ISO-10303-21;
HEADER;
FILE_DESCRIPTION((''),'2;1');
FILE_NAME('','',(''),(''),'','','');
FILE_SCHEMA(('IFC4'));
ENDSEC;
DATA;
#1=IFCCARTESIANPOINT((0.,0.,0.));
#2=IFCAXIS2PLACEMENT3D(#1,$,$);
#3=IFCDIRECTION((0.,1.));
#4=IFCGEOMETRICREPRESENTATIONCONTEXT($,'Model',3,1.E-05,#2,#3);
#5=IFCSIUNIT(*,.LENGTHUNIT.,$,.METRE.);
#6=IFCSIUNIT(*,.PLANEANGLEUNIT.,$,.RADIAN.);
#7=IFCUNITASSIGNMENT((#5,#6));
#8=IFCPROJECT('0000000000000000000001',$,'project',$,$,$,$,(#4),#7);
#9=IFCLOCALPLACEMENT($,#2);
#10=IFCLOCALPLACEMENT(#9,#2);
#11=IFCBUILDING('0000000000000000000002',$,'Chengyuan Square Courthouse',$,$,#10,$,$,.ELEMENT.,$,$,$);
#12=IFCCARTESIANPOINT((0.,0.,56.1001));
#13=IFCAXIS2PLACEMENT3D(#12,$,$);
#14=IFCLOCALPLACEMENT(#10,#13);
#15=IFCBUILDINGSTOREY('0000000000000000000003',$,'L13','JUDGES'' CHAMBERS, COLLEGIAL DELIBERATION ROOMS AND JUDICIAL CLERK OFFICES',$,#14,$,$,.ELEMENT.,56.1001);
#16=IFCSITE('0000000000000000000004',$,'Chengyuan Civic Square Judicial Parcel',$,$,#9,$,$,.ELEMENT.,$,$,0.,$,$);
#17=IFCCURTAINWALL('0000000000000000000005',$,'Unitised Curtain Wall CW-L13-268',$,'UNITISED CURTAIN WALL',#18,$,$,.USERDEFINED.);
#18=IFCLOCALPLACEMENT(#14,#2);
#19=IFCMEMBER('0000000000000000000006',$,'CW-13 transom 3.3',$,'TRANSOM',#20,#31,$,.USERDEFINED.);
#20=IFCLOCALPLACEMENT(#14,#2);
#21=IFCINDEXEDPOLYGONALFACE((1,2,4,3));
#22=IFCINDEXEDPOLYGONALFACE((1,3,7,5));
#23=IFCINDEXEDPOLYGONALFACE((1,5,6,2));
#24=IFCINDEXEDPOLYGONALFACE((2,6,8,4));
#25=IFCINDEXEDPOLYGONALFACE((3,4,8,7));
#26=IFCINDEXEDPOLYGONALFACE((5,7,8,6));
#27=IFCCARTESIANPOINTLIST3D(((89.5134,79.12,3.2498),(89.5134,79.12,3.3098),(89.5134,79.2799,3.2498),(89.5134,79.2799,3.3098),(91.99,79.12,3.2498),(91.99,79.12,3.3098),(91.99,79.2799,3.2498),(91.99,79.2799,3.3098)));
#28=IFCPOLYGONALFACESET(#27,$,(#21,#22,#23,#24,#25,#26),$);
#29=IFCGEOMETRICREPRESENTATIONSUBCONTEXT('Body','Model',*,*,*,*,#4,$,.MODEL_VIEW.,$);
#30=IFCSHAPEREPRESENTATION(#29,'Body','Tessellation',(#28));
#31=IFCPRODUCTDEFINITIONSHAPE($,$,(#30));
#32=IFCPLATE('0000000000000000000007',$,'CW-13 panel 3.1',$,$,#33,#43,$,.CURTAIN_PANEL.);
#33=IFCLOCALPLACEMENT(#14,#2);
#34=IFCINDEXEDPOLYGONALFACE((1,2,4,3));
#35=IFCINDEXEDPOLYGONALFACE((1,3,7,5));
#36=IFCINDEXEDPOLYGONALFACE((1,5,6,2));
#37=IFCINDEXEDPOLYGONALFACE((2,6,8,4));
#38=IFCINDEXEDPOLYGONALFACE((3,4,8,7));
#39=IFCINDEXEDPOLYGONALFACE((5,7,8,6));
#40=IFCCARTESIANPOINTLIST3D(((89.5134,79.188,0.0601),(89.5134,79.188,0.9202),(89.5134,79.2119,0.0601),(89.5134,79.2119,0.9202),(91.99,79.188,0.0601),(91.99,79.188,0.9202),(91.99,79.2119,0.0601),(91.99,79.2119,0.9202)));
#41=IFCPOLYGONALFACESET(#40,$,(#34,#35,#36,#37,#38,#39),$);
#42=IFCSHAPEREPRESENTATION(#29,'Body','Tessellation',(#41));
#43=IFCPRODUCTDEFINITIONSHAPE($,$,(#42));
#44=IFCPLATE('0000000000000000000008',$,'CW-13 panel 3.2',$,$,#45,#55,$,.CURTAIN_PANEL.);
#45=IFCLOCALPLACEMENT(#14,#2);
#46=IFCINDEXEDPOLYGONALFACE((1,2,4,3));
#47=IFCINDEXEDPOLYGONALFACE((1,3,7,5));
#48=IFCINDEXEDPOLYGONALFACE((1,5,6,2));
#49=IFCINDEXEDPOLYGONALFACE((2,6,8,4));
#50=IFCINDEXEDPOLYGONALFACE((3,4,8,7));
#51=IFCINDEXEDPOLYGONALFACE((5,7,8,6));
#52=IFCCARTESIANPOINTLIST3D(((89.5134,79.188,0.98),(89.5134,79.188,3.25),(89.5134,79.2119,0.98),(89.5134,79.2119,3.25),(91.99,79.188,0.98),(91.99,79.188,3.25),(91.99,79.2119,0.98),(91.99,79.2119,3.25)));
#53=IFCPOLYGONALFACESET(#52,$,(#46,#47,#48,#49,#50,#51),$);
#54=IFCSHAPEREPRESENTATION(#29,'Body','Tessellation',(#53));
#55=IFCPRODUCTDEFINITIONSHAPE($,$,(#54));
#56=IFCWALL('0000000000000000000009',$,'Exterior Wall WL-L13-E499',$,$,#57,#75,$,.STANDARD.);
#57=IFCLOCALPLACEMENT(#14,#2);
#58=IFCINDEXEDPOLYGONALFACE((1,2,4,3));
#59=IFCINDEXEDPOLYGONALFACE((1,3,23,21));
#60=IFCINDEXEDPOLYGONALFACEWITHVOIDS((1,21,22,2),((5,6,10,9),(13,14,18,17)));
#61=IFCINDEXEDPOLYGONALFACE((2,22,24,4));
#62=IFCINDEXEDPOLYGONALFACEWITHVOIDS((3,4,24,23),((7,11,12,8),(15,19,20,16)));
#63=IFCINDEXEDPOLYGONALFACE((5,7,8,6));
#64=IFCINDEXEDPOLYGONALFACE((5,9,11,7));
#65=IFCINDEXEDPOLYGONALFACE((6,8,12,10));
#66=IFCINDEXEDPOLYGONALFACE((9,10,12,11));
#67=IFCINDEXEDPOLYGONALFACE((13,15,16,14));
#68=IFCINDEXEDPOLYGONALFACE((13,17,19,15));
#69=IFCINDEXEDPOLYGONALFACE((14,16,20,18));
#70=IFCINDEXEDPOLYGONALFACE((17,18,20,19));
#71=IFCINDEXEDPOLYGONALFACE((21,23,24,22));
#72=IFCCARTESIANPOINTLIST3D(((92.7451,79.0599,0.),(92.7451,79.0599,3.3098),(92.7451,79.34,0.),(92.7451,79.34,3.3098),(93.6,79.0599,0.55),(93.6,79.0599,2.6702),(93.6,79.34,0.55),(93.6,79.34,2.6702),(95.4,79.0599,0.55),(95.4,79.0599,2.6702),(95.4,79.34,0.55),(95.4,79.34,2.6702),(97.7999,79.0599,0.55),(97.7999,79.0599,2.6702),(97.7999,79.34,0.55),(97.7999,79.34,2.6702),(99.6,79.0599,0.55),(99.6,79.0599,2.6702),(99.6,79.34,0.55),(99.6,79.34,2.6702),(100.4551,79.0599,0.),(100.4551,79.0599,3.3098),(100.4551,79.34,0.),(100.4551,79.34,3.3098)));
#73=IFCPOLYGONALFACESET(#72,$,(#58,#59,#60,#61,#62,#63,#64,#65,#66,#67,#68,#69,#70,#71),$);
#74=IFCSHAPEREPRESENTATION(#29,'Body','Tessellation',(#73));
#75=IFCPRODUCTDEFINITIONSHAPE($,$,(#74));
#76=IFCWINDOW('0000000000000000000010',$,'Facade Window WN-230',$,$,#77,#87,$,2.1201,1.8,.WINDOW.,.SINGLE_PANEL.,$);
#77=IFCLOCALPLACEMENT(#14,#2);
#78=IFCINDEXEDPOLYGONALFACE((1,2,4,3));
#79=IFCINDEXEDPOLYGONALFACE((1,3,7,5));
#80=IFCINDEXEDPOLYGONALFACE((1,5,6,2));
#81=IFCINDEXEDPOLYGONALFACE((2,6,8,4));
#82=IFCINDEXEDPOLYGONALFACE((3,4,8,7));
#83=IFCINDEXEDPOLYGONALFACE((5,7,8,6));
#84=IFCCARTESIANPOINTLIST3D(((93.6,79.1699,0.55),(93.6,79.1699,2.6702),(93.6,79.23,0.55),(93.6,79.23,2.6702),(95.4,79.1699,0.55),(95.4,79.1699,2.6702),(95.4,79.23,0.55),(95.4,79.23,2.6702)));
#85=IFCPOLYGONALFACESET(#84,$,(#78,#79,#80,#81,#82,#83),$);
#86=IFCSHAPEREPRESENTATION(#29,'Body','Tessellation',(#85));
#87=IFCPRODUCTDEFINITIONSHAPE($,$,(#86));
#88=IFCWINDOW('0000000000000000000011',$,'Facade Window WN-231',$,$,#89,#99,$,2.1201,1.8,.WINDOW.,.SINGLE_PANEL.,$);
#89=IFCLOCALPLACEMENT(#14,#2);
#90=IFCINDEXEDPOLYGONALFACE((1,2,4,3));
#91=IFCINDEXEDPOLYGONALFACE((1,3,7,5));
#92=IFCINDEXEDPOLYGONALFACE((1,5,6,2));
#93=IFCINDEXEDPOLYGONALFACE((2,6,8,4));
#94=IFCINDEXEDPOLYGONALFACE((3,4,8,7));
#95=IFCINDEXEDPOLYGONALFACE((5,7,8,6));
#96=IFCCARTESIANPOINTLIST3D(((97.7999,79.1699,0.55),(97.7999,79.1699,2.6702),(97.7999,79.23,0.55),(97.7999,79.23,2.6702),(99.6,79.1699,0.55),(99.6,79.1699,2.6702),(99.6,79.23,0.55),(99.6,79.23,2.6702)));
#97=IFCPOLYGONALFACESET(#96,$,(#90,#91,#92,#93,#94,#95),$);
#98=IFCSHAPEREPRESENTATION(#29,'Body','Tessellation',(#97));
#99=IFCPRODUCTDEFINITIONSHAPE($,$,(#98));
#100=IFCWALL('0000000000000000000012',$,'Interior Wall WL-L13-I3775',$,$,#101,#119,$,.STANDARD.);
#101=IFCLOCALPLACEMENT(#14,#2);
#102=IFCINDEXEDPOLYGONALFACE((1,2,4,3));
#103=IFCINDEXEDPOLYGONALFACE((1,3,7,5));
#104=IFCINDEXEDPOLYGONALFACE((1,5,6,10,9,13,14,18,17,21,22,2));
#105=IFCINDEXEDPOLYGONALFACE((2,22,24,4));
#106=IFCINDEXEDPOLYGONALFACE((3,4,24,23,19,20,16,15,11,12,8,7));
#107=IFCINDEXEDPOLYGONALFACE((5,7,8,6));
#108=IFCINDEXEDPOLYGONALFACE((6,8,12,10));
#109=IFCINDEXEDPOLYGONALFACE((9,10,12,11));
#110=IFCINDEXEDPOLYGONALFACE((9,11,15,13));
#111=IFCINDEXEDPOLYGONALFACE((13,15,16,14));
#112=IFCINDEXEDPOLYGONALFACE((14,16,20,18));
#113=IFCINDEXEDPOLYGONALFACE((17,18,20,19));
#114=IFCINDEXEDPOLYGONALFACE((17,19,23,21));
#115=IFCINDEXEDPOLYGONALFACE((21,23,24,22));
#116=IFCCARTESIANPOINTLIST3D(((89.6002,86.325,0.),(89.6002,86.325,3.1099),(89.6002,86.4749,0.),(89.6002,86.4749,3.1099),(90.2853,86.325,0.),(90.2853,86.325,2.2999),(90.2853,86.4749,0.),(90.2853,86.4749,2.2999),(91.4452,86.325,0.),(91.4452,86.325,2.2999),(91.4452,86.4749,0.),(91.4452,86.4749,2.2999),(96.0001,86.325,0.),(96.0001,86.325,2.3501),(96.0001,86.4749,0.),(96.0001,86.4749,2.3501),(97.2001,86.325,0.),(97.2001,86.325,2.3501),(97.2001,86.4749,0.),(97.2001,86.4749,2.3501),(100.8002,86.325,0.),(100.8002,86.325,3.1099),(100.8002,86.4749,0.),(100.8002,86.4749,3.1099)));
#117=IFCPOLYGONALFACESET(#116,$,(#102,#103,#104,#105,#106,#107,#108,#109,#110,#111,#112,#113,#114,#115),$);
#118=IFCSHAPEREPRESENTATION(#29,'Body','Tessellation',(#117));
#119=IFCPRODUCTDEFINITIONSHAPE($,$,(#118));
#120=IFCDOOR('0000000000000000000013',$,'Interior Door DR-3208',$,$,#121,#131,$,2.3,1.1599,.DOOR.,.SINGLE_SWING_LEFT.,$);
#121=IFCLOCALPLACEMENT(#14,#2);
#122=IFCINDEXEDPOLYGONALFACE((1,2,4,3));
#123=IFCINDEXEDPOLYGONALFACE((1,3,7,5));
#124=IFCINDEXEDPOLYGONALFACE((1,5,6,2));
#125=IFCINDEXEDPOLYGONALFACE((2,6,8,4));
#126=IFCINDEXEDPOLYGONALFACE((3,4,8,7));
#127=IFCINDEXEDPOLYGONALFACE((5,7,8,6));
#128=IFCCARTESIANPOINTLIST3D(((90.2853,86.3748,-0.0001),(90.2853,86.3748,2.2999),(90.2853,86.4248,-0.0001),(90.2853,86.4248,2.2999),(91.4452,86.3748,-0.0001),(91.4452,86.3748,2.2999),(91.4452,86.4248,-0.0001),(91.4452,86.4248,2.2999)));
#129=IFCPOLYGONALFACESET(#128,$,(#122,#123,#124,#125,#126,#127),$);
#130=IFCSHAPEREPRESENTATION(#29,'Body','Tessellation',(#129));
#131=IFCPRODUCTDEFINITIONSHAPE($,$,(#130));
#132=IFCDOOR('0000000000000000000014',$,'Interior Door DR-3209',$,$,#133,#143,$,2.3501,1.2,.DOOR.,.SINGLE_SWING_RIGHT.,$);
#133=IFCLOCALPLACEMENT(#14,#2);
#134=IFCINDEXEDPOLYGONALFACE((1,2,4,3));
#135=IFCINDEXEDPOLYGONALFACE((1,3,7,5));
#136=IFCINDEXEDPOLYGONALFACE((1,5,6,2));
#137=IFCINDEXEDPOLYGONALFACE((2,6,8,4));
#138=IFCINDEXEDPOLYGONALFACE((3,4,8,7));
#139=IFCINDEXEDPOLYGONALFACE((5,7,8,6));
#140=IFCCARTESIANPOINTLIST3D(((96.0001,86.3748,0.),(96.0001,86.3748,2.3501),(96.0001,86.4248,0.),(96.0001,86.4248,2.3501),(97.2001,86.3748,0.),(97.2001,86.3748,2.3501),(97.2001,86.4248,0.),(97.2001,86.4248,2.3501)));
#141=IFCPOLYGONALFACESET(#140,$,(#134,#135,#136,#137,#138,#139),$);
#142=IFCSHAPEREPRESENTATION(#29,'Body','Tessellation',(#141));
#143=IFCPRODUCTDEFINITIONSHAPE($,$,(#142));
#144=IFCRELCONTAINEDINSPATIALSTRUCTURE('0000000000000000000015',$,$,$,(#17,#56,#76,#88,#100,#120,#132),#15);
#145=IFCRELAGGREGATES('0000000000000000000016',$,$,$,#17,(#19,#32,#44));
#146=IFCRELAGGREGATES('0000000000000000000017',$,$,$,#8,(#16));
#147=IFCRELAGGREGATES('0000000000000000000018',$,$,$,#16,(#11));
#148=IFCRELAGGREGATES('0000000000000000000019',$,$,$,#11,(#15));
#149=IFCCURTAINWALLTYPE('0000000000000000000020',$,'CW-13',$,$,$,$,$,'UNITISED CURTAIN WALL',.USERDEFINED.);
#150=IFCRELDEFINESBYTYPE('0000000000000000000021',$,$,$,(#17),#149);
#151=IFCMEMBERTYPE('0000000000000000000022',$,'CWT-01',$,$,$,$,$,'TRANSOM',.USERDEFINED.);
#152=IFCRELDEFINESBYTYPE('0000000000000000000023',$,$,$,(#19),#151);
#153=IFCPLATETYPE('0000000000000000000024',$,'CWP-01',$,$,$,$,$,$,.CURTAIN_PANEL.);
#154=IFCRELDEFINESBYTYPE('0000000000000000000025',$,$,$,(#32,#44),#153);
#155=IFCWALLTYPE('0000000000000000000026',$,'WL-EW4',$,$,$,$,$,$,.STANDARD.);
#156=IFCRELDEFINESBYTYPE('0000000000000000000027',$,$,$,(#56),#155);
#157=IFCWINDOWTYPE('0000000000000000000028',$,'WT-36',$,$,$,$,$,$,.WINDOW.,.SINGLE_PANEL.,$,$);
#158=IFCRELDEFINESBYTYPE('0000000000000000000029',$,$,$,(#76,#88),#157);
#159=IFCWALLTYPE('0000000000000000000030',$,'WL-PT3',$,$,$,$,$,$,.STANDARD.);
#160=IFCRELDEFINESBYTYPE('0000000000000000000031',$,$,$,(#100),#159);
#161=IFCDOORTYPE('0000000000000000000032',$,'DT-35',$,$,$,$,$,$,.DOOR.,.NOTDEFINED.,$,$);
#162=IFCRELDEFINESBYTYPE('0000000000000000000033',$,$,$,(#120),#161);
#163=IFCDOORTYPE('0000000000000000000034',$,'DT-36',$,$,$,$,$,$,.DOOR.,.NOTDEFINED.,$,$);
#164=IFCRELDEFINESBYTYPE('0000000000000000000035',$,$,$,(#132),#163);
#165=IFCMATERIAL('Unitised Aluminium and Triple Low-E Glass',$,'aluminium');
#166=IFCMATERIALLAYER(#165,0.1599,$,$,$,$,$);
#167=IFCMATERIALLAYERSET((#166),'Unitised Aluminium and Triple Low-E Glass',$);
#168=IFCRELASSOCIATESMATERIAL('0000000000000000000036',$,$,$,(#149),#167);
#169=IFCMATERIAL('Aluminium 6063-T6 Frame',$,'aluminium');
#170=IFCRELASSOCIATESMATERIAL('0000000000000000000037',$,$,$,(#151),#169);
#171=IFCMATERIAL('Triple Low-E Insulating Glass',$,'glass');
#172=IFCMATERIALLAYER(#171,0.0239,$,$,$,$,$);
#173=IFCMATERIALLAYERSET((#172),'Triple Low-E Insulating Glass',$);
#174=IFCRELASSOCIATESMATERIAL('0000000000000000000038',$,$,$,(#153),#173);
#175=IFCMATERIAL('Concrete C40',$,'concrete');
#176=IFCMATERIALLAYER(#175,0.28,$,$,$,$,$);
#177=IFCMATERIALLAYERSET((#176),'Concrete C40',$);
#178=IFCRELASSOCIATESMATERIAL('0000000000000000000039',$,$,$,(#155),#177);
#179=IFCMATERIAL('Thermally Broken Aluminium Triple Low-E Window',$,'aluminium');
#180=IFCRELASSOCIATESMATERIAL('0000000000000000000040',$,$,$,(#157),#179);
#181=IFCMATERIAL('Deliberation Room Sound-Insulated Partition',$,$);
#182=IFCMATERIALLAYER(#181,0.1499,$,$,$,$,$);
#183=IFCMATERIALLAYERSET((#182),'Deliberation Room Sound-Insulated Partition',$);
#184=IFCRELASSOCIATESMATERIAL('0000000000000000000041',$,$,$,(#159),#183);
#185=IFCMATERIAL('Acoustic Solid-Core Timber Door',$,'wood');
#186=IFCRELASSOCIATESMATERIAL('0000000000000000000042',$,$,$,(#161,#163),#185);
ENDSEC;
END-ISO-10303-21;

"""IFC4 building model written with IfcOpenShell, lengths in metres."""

from ifc_helpers import new_model, si_unit, direction, frame, frame_2d, origin, origin_2d, place, context, subcontext, project, spatial, rectangle, extrude, material, layer, layer_set, material_profile, profile_set, type_object, element, fill, aggregate, save


model = new_model("IFC4")

# Units and contexts
model_context = context("Model", 3, precision=1e-05, world=origin(), true_north=direction((0.0, 1.0)))
body_context = subcontext(model_context, "Body", "Model", "MODEL_VIEW")
ifc_project = project(units=[si_unit("LENGTHUNIT", "METRE"), si_unit("PLANEANGLEUNIT", "RADIAN")], contexts=[model_context])

# Site, building, storey
site_placement = place(None, origin())
site = spatial("IfcSite", under=ifc_project, at=site_placement, Name="Chengyuan Civic Square Judicial Parcel", CompositionType="ELEMENT", RefElevation=0.0)
building_placement = place(site_placement, origin())
building = spatial("IfcBuilding", under=site, at=building_placement, Name="Chengyuan Square Courthouse", CompositionType="ELEMENT")
storey_placement = place(building_placement, frame((0.0, 0.0, 56.1001)))
storey = spatial("IfcBuildingStorey", under=building, at=storey_placement, Name="L13", Description="JUDGES' CHAMBERS, COLLEGIAL DELIBERATION ROOMS AND JUDICIAL CLERK OFFICES", CompositionType="ELEMENT", Elevation=56.1001)

# Shared definitions
ifc_material_1 = material(Name="Concrete C40", Category="concrete")

# Curtain wall, member, plates
ifc_material_2 = material(Name="Unitised Aluminium and Triple Low-E Glass", Category="aluminium")
ifc_layer_1 = layer(ifc_material_2, 0.1599)
ifc_layer_set_1 = layer_set([ifc_layer_1], Name="Unitised Aluminium and Triple Low-E Glass")
curtain_wall_type = type_object("IfcCurtainWallType", Name="CW-13", ElementType="UNITISED CURTAIN WALL", PredefinedType="USERDEFINED", material=ifc_layer_set_1)
curtain_wall_placement = place(storey_placement, origin())
curtain_wall = element("IfcCurtainWall", 1, at=curtain_wall_placement, inside=storey, type_object=curtain_wall_type, Name="Unitised Curtain Wall CW-L13-268", ObjectType="UNITISED CURTAIN WALL", PredefinedType="USERDEFINED")
ifc_material_3 = material(Name="Aluminium 6063-T6 Frame", Category="aluminium")
ifc_material_profile_1 = material_profile(ifc_material_3, rectangle(XDim=0.1599, YDim=0.0601, at=origin_2d()), Name="CW-TRN-60x120")
ifc_profile_set_1 = profile_set([ifc_material_profile_1], Name="Aluminium 6063-T6 Frame")
member_type_1 = type_object("IfcMemberType", Name="CWT-01", ElementType="TRANSOM", PredefinedType="USERDEFINED", material=ifc_profile_set_1)
member_1_placement = place(storey_placement, frame((89.5134, 79.2, 3.2798), z_axis=(1.0, 0.0, 0.0), x_axis=(0.0, 1.0, 0.0)))
member_1 = element("IfcMember", 2, at=member_1_placement, type_object=member_type_1, Name="CW-13 transom 3.3", ObjectType="TRANSOM", PredefinedType="USERDEFINED", context=body_context, shape_type="SweptSolid", body=[
    extrude(rectangle(XDim=0.1599, YDim=0.0601, at=origin_2d()), origin(), (0.0, 0.0, 1.0), 2.4766),
])
ifc_material_4 = material(Name="Triple Low-E Insulating Glass", Category="glass")
ifc_layer_2 = layer(ifc_material_4, 0.0239)
ifc_layer_set_2 = layer_set([ifc_layer_2], Name="Triple Low-E Insulating Glass")
plate_type = type_object("IfcPlateType", Name="CWP-01", PredefinedType="CURTAIN_PANEL", material=ifc_layer_set_2)
plate_1_placement = place(storey_placement, frame((90.7517, 79.2, 0.0601), z_axis=(0.0, 0.0, 1.0), x_axis=(1.0, 0.0, 0.0)))
plate_1 = element("IfcPlate", 3, at=plate_1_placement, type_object=plate_type, Name="CW-13 panel 3.1", PredefinedType="CURTAIN_PANEL", context=body_context, shape_type="SweptSolid", body=[
    extrude(rectangle(XDim=2.4766, YDim=0.0239, at=origin_2d()), origin(), (0.0, 0.0, 1.0), 0.8601),
])
plate_2_placement = place(storey_placement, frame((90.7517, 79.2, 0.98), z_axis=(0.0, 0.0, 1.0), x_axis=(1.0, 0.0, 0.0)))
plate_2 = element("IfcPlate", 4, at=plate_2_placement, type_object=plate_type, Name="CW-13 panel 3.2", PredefinedType="CURTAIN_PANEL", context=body_context, shape_type="SweptSolid", body=[
    extrude(rectangle(XDim=2.4766, YDim=0.0239, at=origin_2d()), origin(), (0.0, 0.0, 1.0), 2.27),
])
aggregate(curtain_wall, [member_1, plate_1, plate_2])

# Wall, openings, windows
ifc_layer_3 = layer(ifc_material_1, 0.28)
ifc_layer_set_3 = layer_set([ifc_layer_3], Name="Concrete C40")
wall_type_1 = type_object("IfcWallType", Name="WL-EW4", PredefinedType="STANDARD", material=ifc_layer_set_3)
wall_1_placement = place(storey_placement, frame((92.7451, 79.2, 0.0), z_axis=(0.0, 0.0, 1.0), x_axis=(1.0, 0.0, 0.0)))
wall_1 = element("IfcWall", 5, at=wall_1_placement, inside=storey, type_object=wall_type_1, Name="Exterior Wall WL-L13-E499", PredefinedType="STANDARD", context=body_context, shape_type="SweptSolid", body=[
    extrude(rectangle(XDim=7.71, YDim=0.28, at=frame_2d((3.855, 0.0))), origin(), (0.0, 0.0, 1.0), 3.3098),
])
opening_1_placement = place(wall_1_placement, frame((0.855, 0.0, 0.55)))
opening_1 = element("IfcOpeningElement", 6, at=opening_1_placement, cuts=wall_1, PredefinedType="OPENING", context=body_context, shape_type="SweptSolid", body=[
    extrude(rectangle(XDim=1.8, YDim=2.1201, at=frame_2d((0.8999, 1.0601))), frame((0.0, 0.1521, 0.0), z_axis=(0.0, -1.0, 0.0), x_axis=(1.0, 0.0, 0.0)), (0.0, 0.0, 1.0), 0.304),
])
opening_2_placement = place(wall_1_placement, frame((5.0549, 0.0, 0.55)))
opening_2 = element("IfcOpeningElement", 7, at=opening_2_placement, cuts=wall_1, PredefinedType="OPENING", context=body_context, shape_type="SweptSolid", body=[
    extrude(rectangle(XDim=1.8, YDim=2.1201, at=frame_2d((0.8999, 1.0601))), frame((0.0, 0.1521, 0.0), z_axis=(0.0, -1.0, 0.0), x_axis=(1.0, 0.0, 0.0)), (0.0, 0.0, 1.0), 0.304),
])
ifc_material_5 = material(Name="Thermally Broken Aluminium Triple Low-E Window", Category="aluminium")
window_type = type_object("IfcWindowType", Name="WT-36", PartitioningType="SINGLE_PANEL", PredefinedType="WINDOW", material=ifc_material_5)
window_1_placement = place(opening_1_placement, origin())
window_1 = element("IfcWindow", 8, at=window_1_placement, inside=storey, type_object=window_type, Name="Facade Window WN-230", OverallHeight=2.1201, OverallWidth=1.8, PartitioningType="SINGLE_PANEL", PredefinedType="WINDOW", context=body_context, shape_type="SweptSolid", body=[
    extrude(rectangle(XDim=1.8, YDim=2.1201, at=frame_2d((0.8999, 1.0601))), frame((0.0, 0.03, 0.0), z_axis=(0.0, -1.0, 0.0), x_axis=(1.0, 0.0, 0.0)), (0.0, 0.0, 1.0), 0.0601),
])
fill(opening_1, window_1)
window_2_placement = place(opening_2_placement, origin())
window_2 = element("IfcWindow", 9, at=window_2_placement, inside=storey, type_object=window_type, Name="Facade Window WN-231", OverallHeight=2.1201, OverallWidth=1.8, PartitioningType="SINGLE_PANEL", PredefinedType="WINDOW", context=body_context, shape_type="SweptSolid", body=[
    extrude(rectangle(XDim=1.8, YDim=2.1201, at=frame_2d((0.8999, 1.0601))), frame((0.0, 0.03, 0.0), z_axis=(0.0, -1.0, 0.0), x_axis=(1.0, 0.0, 0.0)), (0.0, 0.0, 1.0), 0.0601),
])
fill(opening_2, window_2)

# Wall, openings, doors
ifc_material_6 = material(Name="Deliberation Room Sound-Insulated Partition")
ifc_layer_4 = layer(ifc_material_6, 0.1499)
ifc_layer_set_4 = layer_set([ifc_layer_4], Name="Deliberation Room Sound-Insulated Partition")
wall_type_2 = type_object("IfcWallType", Name="WL-PT3", PredefinedType="STANDARD", material=ifc_layer_set_4)
wall_2_placement = place(storey_placement, frame((89.6001, 86.3999, 0.0), z_axis=(0.0, 0.0, 1.0), x_axis=(1.0, 0.0, 0.0)))
wall_2 = element("IfcWall", 10, at=wall_2_placement, inside=storey, type_object=wall_type_2, Name="Interior Wall WL-L13-I3775", PredefinedType="STANDARD", context=body_context, shape_type="SweptSolid", body=[
    extrude(rectangle(XDim=11.2, YDim=0.1499, at=frame_2d((5.6001, 0.0))), origin(), (0.0, 0.0, 1.0), 3.1099),
])
opening_3_placement = place(wall_2_placement, frame((0.6851, 0.0, 0.0)))
opening_3 = element("IfcOpeningElement", 11, at=opening_3_placement, cuts=wall_2, PredefinedType="OPENING", context=body_context, shape_type="SweptSolid", body=[
    extrude(rectangle(XDim=1.1599, YDim=2.3, at=frame_2d((0.5801, 1.1499))), frame((0.0, 0.0869, 0.0), z_axis=(0.0, -1.0, 0.0), x_axis=(1.0, 0.0, 0.0)), (0.0, 0.0, 1.0), 0.1738),
])
opening_4_placement = place(wall_2_placement, frame((6.3999, 0.0, 0.0)))
opening_4 = element("IfcOpeningElement", 12, at=opening_4_placement, cuts=wall_2, PredefinedType="OPENING", context=body_context, shape_type="SweptSolid", body=[
    extrude(rectangle(XDim=1.2, YDim=2.3501, at=frame_2d((0.6001, 1.175))), frame((0.0, 0.0869, 0.0), z_axis=(0.0, -1.0, 0.0), x_axis=(1.0, 0.0, 0.0)), (0.0, 0.0, 1.0), 0.1738),
])
ifc_material_7 = material(Name="Acoustic Solid-Core Timber Door", Category="wood")
door_type_1 = type_object("IfcDoorType", Name="DT-35", OperationType="NOTDEFINED", PredefinedType="DOOR", material=ifc_material_7)
door_1_placement = place(opening_3_placement, origin())
door_1 = element("IfcDoor", 13, at=door_1_placement, inside=storey, type_object=door_type_1, Name="Interior Door DR-3208", OperationType="SINGLE_SWING_LEFT", OverallHeight=2.3, OverallWidth=1.1599, PredefinedType="DOOR", context=body_context, shape_type="SweptSolid", body=[
    extrude(rectangle(XDim=1.1599, YDim=2.3, at=frame_2d((0.5801, 1.1499))), frame((0.0, 0.0249, 0.0), z_axis=(0.0, -1.0, 0.0), x_axis=(1.0, 0.0, 0.0)), (0.0, 0.0, 1.0), 0.05),
])
fill(opening_3, door_1)
door_type_2 = type_object("IfcDoorType", Name="DT-36", OperationType="NOTDEFINED", PredefinedType="DOOR", material=ifc_material_7)
door_2_placement = place(opening_4_placement, origin())
door_2 = element("IfcDoor", 14, at=door_2_placement, inside=storey, type_object=door_type_2, Name="Interior Door DR-3209", OperationType="SINGLE_SWING_RIGHT", OverallHeight=2.3501, OverallWidth=1.2, PredefinedType="DOOR", context=body_context, shape_type="SweptSolid", body=[
    extrude(rectangle(XDim=1.2, YDim=2.3501, at=frame_2d((0.6001, 1.175))), frame((0.0, 0.0249, 0.0), z_axis=(0.0, -1.0, 0.0), x_axis=(1.0, 0.0, 0.0)), (0.0, 0.0, 1.0), 0.05),
])
fill(opening_4, door_2)

save(model, "model.ifc")
